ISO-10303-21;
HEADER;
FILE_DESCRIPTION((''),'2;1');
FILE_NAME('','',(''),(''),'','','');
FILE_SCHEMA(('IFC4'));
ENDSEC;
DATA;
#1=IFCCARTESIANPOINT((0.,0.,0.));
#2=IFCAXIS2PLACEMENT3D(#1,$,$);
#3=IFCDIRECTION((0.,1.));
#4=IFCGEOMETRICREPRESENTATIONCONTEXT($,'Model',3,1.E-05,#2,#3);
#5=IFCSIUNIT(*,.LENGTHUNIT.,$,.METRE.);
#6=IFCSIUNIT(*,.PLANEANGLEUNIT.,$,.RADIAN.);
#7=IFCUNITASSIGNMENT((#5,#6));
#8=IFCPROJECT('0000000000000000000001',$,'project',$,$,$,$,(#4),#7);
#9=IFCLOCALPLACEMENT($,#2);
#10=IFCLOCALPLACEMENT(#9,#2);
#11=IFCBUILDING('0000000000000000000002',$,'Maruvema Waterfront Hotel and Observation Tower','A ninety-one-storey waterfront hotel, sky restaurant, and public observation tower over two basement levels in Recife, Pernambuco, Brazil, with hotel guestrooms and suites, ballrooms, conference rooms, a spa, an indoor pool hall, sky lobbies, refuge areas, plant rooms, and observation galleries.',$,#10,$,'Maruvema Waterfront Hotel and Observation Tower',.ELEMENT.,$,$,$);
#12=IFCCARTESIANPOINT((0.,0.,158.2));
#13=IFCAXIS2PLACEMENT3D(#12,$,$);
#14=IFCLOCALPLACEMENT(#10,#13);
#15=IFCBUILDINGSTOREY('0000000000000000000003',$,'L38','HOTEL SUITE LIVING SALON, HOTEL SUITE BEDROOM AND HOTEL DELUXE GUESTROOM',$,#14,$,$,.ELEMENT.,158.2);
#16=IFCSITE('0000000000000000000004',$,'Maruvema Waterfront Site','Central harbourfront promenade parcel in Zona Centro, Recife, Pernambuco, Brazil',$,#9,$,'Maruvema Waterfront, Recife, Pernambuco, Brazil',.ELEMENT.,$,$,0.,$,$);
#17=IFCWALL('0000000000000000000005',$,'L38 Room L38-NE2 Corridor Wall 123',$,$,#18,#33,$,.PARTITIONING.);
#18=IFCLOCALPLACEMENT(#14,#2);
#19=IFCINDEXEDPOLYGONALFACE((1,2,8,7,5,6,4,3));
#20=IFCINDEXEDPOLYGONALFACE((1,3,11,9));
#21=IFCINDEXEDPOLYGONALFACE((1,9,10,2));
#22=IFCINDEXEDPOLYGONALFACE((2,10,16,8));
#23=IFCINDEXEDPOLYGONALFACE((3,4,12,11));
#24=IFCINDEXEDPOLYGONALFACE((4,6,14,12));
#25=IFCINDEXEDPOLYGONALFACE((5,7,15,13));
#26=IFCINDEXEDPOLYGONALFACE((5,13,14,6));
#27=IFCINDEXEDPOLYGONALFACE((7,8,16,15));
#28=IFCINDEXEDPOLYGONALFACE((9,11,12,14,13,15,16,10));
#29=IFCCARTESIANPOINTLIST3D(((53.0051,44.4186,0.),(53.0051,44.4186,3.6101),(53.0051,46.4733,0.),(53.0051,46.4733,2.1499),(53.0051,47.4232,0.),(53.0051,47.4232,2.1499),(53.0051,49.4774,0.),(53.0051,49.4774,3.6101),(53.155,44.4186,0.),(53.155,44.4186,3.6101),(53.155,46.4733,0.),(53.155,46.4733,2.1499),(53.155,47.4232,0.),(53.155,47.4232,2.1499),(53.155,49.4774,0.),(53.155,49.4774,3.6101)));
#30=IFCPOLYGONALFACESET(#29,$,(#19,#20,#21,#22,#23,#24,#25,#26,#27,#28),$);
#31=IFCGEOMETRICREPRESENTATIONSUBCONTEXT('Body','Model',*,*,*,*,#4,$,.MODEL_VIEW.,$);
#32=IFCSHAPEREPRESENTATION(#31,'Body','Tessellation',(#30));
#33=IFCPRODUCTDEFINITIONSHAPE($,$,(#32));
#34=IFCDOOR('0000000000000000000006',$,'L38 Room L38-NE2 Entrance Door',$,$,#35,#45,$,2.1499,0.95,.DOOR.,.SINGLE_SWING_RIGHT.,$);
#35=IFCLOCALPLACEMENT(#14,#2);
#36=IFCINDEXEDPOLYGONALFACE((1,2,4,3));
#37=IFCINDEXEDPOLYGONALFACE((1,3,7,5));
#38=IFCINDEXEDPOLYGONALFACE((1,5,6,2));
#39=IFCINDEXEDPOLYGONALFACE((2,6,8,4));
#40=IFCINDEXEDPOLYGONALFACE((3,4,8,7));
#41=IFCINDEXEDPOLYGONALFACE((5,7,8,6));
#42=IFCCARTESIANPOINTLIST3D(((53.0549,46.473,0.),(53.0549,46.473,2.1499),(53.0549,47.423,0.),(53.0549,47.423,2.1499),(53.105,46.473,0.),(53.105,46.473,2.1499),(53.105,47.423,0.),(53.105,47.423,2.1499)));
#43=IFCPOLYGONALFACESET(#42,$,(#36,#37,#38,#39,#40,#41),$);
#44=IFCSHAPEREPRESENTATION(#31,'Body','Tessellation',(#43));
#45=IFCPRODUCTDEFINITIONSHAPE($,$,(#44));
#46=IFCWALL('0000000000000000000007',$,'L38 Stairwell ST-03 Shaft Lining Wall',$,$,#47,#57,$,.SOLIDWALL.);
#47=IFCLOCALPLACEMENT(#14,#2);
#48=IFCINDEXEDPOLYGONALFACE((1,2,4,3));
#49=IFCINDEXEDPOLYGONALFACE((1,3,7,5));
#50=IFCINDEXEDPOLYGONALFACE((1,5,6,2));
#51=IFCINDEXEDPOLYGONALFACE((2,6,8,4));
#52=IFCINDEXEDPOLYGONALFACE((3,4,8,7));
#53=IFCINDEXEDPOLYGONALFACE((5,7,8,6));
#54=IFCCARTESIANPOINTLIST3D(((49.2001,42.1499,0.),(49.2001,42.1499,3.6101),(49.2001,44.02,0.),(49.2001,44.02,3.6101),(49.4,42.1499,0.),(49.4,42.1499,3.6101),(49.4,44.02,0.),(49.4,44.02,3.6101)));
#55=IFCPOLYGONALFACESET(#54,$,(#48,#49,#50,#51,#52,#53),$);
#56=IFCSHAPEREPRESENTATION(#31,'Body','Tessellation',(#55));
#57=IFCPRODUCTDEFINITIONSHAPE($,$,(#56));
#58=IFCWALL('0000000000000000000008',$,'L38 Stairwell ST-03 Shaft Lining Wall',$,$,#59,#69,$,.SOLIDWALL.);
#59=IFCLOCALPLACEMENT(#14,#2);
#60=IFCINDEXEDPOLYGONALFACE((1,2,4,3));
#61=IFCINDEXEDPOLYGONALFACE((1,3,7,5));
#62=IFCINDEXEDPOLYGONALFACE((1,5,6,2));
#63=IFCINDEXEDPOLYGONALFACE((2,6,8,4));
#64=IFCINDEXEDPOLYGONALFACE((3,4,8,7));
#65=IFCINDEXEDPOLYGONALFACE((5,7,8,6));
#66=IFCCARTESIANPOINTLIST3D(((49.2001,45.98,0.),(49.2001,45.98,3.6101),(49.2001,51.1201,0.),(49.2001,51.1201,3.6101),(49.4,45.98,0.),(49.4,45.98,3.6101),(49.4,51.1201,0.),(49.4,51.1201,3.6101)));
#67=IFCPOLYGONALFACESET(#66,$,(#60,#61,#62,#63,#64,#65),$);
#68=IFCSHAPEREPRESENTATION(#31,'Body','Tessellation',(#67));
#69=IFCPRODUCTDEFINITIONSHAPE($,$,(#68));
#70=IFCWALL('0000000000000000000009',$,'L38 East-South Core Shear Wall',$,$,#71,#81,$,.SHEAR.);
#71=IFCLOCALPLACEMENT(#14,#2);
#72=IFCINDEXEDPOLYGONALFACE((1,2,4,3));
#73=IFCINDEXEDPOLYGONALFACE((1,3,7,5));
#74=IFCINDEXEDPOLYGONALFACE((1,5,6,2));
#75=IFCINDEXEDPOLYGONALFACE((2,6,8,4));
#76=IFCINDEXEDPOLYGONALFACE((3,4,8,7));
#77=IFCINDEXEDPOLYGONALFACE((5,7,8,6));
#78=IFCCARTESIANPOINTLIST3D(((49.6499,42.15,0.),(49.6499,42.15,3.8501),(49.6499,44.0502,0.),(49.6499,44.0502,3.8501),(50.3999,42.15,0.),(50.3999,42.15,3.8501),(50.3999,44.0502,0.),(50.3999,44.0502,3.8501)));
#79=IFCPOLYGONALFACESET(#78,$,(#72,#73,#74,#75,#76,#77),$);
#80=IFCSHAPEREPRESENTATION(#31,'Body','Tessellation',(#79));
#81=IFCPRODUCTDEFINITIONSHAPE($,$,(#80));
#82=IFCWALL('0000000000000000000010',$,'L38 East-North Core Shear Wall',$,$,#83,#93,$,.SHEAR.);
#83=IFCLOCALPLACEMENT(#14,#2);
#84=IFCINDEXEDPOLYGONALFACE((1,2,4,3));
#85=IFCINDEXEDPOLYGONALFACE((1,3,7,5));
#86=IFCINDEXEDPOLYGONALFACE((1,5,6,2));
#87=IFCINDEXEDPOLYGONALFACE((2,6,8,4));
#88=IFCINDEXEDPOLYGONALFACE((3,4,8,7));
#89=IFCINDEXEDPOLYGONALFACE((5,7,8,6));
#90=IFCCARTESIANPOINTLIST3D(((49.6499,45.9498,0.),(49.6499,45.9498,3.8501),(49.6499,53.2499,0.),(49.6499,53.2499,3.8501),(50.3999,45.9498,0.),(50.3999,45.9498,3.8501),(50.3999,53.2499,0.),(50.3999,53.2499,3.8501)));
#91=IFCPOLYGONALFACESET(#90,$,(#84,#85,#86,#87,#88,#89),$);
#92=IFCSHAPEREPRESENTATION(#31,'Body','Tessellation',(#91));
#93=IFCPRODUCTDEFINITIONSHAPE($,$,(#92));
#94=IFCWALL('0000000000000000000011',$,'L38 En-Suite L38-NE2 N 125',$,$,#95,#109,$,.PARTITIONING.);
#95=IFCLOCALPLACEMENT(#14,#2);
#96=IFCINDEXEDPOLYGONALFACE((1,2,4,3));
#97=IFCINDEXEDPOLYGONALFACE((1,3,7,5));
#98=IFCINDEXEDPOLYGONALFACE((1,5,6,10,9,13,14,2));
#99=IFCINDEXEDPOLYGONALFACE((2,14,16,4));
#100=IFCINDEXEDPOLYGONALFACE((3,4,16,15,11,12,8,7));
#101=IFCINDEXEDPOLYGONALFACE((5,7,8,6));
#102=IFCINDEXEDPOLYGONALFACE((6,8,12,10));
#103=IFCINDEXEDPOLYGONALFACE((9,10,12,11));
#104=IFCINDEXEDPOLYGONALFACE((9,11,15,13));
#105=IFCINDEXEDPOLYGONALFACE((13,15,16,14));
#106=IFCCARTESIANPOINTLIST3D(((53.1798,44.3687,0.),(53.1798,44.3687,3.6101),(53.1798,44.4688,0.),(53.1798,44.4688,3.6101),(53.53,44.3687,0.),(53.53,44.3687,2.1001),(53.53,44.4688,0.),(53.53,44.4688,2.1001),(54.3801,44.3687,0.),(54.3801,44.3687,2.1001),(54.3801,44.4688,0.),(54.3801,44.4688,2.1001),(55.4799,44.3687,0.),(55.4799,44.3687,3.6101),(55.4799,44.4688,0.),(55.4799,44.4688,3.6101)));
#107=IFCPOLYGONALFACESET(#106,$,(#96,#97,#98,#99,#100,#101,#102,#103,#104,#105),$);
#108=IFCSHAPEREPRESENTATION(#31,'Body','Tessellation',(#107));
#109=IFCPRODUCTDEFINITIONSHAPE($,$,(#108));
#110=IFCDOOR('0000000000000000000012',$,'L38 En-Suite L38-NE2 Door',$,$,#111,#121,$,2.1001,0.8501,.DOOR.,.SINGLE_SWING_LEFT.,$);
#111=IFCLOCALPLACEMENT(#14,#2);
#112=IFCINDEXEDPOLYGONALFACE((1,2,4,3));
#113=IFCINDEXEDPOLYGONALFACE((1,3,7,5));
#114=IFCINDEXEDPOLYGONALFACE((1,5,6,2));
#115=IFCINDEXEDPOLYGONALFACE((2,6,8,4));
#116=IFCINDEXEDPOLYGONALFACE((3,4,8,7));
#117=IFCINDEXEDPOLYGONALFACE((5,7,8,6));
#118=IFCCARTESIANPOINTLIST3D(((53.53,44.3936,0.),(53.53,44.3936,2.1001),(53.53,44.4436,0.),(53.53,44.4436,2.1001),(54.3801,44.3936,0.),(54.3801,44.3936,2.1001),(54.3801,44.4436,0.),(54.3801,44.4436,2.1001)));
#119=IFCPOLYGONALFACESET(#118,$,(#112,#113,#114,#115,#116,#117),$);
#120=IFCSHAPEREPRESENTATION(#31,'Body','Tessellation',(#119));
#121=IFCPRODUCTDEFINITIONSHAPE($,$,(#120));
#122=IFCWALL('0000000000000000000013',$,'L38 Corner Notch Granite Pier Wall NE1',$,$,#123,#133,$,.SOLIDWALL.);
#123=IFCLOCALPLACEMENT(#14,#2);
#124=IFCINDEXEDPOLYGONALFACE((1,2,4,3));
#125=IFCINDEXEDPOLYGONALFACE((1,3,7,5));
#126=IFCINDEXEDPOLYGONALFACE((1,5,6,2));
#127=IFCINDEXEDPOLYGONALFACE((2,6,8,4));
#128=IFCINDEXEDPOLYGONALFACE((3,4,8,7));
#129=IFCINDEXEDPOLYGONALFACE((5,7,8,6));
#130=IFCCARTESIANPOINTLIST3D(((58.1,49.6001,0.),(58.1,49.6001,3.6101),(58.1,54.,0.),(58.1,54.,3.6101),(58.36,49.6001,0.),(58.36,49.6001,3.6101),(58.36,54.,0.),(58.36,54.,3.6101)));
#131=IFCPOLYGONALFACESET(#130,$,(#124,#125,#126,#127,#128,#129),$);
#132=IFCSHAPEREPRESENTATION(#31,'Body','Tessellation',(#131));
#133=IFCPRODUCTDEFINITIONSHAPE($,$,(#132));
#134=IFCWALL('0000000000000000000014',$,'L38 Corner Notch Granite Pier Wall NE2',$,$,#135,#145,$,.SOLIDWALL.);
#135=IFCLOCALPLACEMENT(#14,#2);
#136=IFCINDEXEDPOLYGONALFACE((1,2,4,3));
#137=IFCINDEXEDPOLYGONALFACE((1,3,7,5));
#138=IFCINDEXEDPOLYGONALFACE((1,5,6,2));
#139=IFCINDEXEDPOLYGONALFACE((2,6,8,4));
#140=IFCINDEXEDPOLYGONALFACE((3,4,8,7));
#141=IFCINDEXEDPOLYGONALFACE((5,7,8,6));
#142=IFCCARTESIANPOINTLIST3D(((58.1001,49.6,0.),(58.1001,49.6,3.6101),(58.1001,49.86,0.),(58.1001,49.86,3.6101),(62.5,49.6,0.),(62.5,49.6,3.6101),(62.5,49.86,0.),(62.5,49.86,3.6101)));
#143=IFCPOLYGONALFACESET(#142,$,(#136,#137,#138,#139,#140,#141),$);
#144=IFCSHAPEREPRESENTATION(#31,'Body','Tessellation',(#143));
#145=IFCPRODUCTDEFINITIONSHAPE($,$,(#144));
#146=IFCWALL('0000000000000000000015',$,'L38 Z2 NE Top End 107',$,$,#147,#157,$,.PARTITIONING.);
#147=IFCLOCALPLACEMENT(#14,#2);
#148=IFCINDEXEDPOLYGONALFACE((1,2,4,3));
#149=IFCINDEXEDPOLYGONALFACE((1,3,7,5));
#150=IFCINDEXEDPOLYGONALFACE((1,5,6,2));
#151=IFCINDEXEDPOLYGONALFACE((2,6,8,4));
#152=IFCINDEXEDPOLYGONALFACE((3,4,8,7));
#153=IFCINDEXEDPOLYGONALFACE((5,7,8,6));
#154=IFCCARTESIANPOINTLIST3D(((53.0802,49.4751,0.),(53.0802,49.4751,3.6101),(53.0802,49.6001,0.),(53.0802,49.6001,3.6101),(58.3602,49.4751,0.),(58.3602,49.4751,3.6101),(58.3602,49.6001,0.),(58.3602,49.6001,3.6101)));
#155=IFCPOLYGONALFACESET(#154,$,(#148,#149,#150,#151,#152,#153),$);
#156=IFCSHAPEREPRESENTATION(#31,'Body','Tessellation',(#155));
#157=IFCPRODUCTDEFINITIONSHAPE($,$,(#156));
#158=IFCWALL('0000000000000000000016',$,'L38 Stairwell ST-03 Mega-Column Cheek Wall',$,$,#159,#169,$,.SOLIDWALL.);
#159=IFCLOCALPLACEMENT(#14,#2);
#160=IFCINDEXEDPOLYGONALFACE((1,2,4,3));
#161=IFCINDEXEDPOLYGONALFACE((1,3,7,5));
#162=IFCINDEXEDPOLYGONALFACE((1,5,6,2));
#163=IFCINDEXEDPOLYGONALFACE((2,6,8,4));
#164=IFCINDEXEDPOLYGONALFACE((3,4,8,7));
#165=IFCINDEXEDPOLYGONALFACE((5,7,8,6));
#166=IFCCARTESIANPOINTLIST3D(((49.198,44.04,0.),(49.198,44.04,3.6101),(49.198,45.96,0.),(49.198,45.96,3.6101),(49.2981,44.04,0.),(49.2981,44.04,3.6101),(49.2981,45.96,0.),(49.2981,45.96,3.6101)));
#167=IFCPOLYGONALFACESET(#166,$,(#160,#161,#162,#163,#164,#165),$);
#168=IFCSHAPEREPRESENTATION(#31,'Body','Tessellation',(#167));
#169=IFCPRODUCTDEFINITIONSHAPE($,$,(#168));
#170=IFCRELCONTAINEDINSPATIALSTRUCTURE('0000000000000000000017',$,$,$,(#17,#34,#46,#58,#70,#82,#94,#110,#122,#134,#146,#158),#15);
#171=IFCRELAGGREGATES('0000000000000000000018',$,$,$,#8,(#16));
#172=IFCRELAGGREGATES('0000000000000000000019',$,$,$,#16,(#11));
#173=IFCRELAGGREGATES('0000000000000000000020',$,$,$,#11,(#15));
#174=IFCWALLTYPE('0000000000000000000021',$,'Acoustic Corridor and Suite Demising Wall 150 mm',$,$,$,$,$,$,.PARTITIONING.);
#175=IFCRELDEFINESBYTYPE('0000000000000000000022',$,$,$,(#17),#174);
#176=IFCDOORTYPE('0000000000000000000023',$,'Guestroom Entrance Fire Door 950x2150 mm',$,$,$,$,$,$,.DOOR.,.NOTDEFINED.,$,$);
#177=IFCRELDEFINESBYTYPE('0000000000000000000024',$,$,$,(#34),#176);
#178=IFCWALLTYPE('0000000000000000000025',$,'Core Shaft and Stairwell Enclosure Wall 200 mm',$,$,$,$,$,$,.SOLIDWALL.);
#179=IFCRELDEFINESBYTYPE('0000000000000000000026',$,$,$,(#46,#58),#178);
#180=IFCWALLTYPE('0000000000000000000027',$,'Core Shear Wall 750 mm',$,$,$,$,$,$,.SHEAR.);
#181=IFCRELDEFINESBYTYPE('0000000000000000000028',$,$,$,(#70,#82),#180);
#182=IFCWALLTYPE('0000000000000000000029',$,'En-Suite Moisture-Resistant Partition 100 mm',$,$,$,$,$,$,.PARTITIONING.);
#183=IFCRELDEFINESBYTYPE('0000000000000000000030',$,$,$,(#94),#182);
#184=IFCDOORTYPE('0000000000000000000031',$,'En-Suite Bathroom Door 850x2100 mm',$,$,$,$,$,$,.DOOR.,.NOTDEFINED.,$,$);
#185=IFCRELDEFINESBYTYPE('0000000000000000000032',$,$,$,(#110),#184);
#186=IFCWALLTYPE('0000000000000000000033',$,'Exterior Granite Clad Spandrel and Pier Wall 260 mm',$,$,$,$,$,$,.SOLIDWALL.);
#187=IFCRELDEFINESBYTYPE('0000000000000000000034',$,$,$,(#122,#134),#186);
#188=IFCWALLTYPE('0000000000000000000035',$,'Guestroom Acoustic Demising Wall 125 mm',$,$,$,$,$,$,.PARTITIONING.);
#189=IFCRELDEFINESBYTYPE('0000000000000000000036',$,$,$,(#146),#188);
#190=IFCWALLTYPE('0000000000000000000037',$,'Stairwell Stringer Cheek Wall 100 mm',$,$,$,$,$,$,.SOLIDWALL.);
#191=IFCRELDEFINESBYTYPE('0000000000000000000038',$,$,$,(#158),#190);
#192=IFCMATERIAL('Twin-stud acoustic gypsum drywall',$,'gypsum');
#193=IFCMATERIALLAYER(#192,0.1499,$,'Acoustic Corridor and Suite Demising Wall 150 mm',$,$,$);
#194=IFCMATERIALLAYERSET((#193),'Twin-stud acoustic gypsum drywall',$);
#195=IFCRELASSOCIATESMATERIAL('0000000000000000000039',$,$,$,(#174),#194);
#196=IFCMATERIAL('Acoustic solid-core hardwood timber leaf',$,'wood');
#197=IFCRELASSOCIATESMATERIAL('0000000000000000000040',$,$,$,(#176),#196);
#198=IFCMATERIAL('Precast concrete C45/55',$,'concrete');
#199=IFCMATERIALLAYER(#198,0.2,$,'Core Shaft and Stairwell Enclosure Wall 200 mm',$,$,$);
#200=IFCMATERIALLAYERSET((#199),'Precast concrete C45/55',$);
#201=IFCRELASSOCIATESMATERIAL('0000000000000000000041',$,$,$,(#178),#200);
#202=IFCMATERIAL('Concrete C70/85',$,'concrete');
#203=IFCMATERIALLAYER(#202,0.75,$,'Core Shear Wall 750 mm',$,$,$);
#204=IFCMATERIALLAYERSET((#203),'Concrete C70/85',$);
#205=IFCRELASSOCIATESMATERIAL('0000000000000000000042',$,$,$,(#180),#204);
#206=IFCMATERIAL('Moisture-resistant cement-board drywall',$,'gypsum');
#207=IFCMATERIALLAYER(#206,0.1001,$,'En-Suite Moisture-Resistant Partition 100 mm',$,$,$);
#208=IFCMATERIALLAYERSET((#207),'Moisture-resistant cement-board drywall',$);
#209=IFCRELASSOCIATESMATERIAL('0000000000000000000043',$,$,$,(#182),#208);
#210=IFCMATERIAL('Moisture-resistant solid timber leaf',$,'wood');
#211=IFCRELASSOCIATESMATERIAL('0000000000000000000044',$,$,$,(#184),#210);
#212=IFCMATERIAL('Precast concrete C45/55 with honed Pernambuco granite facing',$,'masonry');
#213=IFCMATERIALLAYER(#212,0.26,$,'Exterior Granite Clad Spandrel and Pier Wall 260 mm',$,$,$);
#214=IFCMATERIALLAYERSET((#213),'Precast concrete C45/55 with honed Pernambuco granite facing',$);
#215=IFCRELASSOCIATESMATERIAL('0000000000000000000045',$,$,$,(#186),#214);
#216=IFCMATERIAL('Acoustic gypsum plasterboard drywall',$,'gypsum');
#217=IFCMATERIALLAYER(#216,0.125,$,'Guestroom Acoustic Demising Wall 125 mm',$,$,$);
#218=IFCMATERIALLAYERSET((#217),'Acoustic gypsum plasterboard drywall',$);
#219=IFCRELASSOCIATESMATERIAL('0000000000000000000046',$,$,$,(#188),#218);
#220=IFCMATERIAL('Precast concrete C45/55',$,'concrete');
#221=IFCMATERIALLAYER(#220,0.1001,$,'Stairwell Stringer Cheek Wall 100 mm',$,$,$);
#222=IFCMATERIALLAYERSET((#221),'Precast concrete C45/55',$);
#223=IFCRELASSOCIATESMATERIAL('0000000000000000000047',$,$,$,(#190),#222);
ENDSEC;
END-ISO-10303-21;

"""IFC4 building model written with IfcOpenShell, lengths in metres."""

from ifc_helpers import new_model, si_unit, direction, frame, frame_2d, origin, place, context, subcontext, project, spatial, rectangle, extrude, material, layer, layer_set, type_object, element, fill, save


model = new_model("IFC4")

# Units and contexts
model_context = context("Model", 3, precision=1e-05, world=origin(), true_north=direction((0.0, 1.0)))
body_context = subcontext(model_context, "Body", "Model", "MODEL_VIEW")
ifc_project = project(units=[si_unit("LENGTHUNIT", "METRE"), si_unit("PLANEANGLEUNIT", "RADIAN")], contexts=[model_context])

# Site, building, storey
site_placement = place(None, origin())
site = spatial("IfcSite", under=ifc_project, at=site_placement, Name="Maruvema Waterfront Site", Description="Central harbourfront promenade parcel in Zona Centro, Recife, Pernambuco, Brazil", LongName="Maruvema Waterfront, Recife, Pernambuco, Brazil", CompositionType="ELEMENT", RefElevation=0.0)
building_placement = place(site_placement, origin())
building = spatial("IfcBuilding", under=site, at=building_placement, Name="Maruvema Waterfront Hotel and Observation Tower", Description="A ninety-one-storey waterfront hotel, sky restaurant, and public observation tower over two basement levels in Recife, Pernambuco, Brazil, with hotel guestrooms and suites, ballrooms, conference rooms, a spa, an indoor pool hall, sky lobbies, refuge areas, plant rooms, and observation galleries.", LongName="Maruvema Waterfront Hotel and Observation Tower", CompositionType="ELEMENT")
storey_placement = place(building_placement, frame((0.0, 0.0, 158.2)))
storey = spatial("IfcBuildingStorey", under=building, at=storey_placement, Name="L38", Description="HOTEL SUITE LIVING SALON, HOTEL SUITE BEDROOM AND HOTEL DELUXE GUESTROOM", CompositionType="ELEMENT", Elevation=158.2)

# Wall, opening, door
ifc_material_1 = material(Name="Twin-stud acoustic gypsum drywall", Category="gypsum")
ifc_layer_1 = layer(ifc_material_1, 0.1499, Name="Acoustic Corridor and Suite Demising Wall 150 mm")
ifc_layer_set_1 = layer_set([ifc_layer_1], Name="Twin-stud acoustic gypsum drywall")
wall_type_1 = type_object("IfcWallType", Name="Acoustic Corridor and Suite Demising Wall 150 mm", PredefinedType="PARTITIONING", material=ifc_layer_set_1)
wall_1_placement = place(storey_placement, frame((53.0801, 44.4187, 0.0), z_axis=(0.0, 0.0, 1.0), x_axis=(0.0, 1.0, 0.0)))
wall_1 = element("IfcWall", 1, at=wall_1_placement, inside=storey, type_object=wall_type_1, Name="L38 Room L38-NE2 Corridor Wall 123", PredefinedType="PARTITIONING", context=body_context, shape_type="SweptSolid", body=[
    extrude(rectangle(XDim=5.0588, YDim=0.1499, at=frame_2d((2.5293, 0.0))), origin(), (0.0, 0.0, 1.0), 3.6101),
])
opening_1_placement = place(wall_1_placement, frame((2.0544, 0.0, 0.0)))
opening_1 = element("IfcOpeningElement", 2, at=opening_1_placement, cuts=wall_1, PredefinedType="OPENING", context=body_context, shape_type="SweptSolid", body=[
    extrude(rectangle(XDim=0.95, YDim=2.1499, at=frame_2d((0.4751, 1.075))), frame((0.0, 0.085, 0.0), z_axis=(0.0, -1.0, 0.0), x_axis=(1.0, 0.0, 0.0)), (0.0, 0.0, 1.0), 0.1699),
])
ifc_material_2 = material(Name="Acoustic solid-core hardwood timber leaf", Category="wood")
door_type_1 = type_object("IfcDoorType", Name="Guestroom Entrance Fire Door 950x2150 mm", OperationType="NOTDEFINED", PredefinedType="DOOR", material=ifc_material_2)
door_1_placement = place(opening_1_placement, frame((0.95, 0.0, 0.0), z_axis=(0.0, 0.0, 1.0), x_axis=(-1.0, 0.0, 0.0)))
door_1 = element("IfcDoor", 3, at=door_1_placement, inside=storey, type_object=door_type_1, Name="L38 Room L38-NE2 Entrance Door", OperationType="SINGLE_SWING_RIGHT", OverallHeight=2.1499, OverallWidth=0.95, PredefinedType="DOOR", context=body_context, shape_type="SweptSolid", body=[
    extrude(rectangle(XDim=0.95, YDim=2.1499, at=frame_2d((0.4751, 1.075))), frame((0.0, 0.0249, 0.0), z_axis=(0.0, -1.0, 0.0), x_axis=(1.0, 0.0, 0.0)), (0.0, 0.0, 1.0), 0.05),
])
fill(opening_1, door_1)

# Walls
ifc_material_3 = material(Name="Precast concrete C45/55", Category="concrete")
ifc_layer_2 = layer(ifc_material_3, 0.2, Name="Core Shaft and Stairwell Enclosure Wall 200 mm")
ifc_layer_set_2 = layer_set([ifc_layer_2], Name="Precast concrete C45/55")
wall_type_2 = type_object("IfcWallType", Name="Core Shaft and Stairwell Enclosure Wall 200 mm", PredefinedType="SOLIDWALL", material=ifc_layer_set_2)
wall_2_placement = place(storey_placement, frame((49.3, 42.1499, 0.0), z_axis=(0.0, 0.0, 1.0), x_axis=(0.0, 1.0, 0.0)))
element("IfcWall", 4, at=wall_2_placement, inside=storey, type_object=wall_type_2, Name="L38 Stairwell ST-03 Shaft Lining Wall", PredefinedType="SOLIDWALL", context=body_context, shape_type="SweptSolid", body=[
    extrude(rectangle(XDim=1.8701, YDim=0.2, at=frame_2d((0.9351, 0.0))), origin(), (0.0, 0.0, 1.0), 3.6101),
])
wall_3_placement = place(storey_placement, frame((49.3, 45.98, 0.0), z_axis=(0.0, 0.0, 1.0), x_axis=(0.0, 1.0, 0.0)))
element("IfcWall", 5, at=wall_3_placement, inside=storey, type_object=wall_type_2, Name="L38 Stairwell ST-03 Shaft Lining Wall", PredefinedType="SOLIDWALL", context=body_context, shape_type="SweptSolid", body=[
    extrude(rectangle(XDim=5.1401, YDim=0.2, at=frame_2d((2.5701, 0.0))), origin(), (0.0, 0.0, 1.0), 3.6101),
])
ifc_material_4 = material(Name="Concrete C70/85", Category="concrete")
ifc_layer_3 = layer(ifc_material_4, 0.75, Name="Core Shear Wall 750 mm")
ifc_layer_set_3 = layer_set([ifc_layer_3], Name="Concrete C70/85")
wall_type_3 = type_object("IfcWallType", Name="Core Shear Wall 750 mm", PredefinedType="SHEAR", material=ifc_layer_set_3)
wall_4_placement = place(storey_placement, frame((50.0249, 42.1499, 0.0), z_axis=(0.0, 0.0, 1.0), x_axis=(0.0, 1.0, 0.0)))
element("IfcWall", 6, at=wall_4_placement, inside=storey, type_object=wall_type_3, Name="L38 East-South Core Shear Wall", PredefinedType="SHEAR", context=body_context, shape_type="SweptSolid", body=[
    extrude(rectangle(XDim=1.9001, YDim=0.75, at=frame_2d((0.9502, 0.0))), origin(), (0.0, 0.0, 1.0), 3.8501),
])
wall_5_placement = place(storey_placement, frame((50.0249, 45.95, 0.0), z_axis=(0.0, 0.0, 1.0), x_axis=(0.0, 1.0, 0.0)))
element("IfcWall", 7, at=wall_5_placement, inside=storey, type_object=wall_type_3, Name="L38 East-North Core Shear Wall", PredefinedType="SHEAR", context=body_context, shape_type="SweptSolid", body=[
    extrude(rectangle(XDim=7.3, YDim=0.75, at=frame_2d((3.6499, 0.0))), origin(), (0.0, 0.0, 1.0), 3.8501),
])

# Wall, opening, door
ifc_material_5 = material(Name="Moisture-resistant cement-board drywall", Category="gypsum")
ifc_layer_4 = layer(ifc_material_5, 0.1001, Name="En-Suite Moisture-Resistant Partition 100 mm")
ifc_layer_set_4 = layer_set([ifc_layer_4], Name="Moisture-resistant cement-board drywall")
wall_type_4 = type_object("IfcWallType", Name="En-Suite Moisture-Resistant Partition 100 mm", PredefinedType="PARTITIONING", material=ifc_layer_set_4)
wall_6_placement = place(storey_placement, frame((53.1799, 44.4187, 0.0), z_axis=(0.0, 0.0, 1.0), x_axis=(1.0, 0.0, 0.0)))
wall_6 = element("IfcWall", 8, at=wall_6_placement, inside=storey, type_object=wall_type_4, Name="L38 En-Suite L38-NE2 N 125", PredefinedType="PARTITIONING", context=body_context, shape_type="SweptSolid", body=[
    extrude(rectangle(XDim=2.3, YDim=0.1001, at=frame_2d((1.1499, 0.0))), origin(), (0.0, 0.0, 1.0), 3.6101),
])
opening_2_placement = place(wall_6_placement, frame((0.3501, 0.0, 0.0)))
opening_2 = element("IfcOpeningElement", 9, at=opening_2_placement, cuts=wall_6, PredefinedType="OPENING", context=body_context, shape_type="SweptSolid", body=[
    extrude(rectangle(XDim=0.8501, YDim=2.1001, at=frame_2d((0.425, 1.05))), frame((0.0, 0.0601, 0.0), z_axis=(0.0, -1.0, 0.0), x_axis=(1.0, 0.0, 0.0)), (0.0, 0.0, 1.0), 0.1201),
])
ifc_material_6 = material(Name="Moisture-resistant solid timber leaf", Category="wood")
door_type_2 = type_object("IfcDoorType", Name="En-Suite Bathroom Door 850x2100 mm", OperationType="NOTDEFINED", PredefinedType="DOOR", material=ifc_material_6)
door_2_placement = place(opening_2_placement, origin())
door_2 = element("IfcDoor", 10, at=door_2_placement, inside=storey, type_object=door_type_2, Name="L38 En-Suite L38-NE2 Door", OperationType="SINGLE_SWING_LEFT", OverallHeight=2.1001, OverallWidth=0.8501, PredefinedType="DOOR", context=body_context, shape_type="SweptSolid", body=[
    extrude(rectangle(XDim=0.8501, YDim=2.1001, at=frame_2d((0.425, 1.05))), frame((0.0, 0.0249, 0.0), z_axis=(0.0, -1.0, 0.0), x_axis=(1.0, 0.0, 0.0)), (0.0, 0.0, 1.0), 0.05),
])
fill(opening_2, door_2)

# Walls
ifc_material_7 = material(Name="Precast concrete C45/55 with honed Pernambuco granite facing", Category="masonry")
ifc_layer_5 = layer(ifc_material_7, 0.26, Name="Exterior Granite Clad Spandrel and Pier Wall 260 mm")
ifc_layer_set_5 = layer_set([ifc_layer_5], Name="Precast concrete C45/55 with honed Pernambuco granite facing")
wall_type_5 = type_object("IfcWallType", Name="Exterior Granite Clad Spandrel and Pier Wall 260 mm", PredefinedType="SOLIDWALL", material=ifc_layer_set_5)
for number, where, z_axis, x_axis, name in (
    (11, (58.23, 54.0, 0.0), (0.0, 0.0, 1.0), (0.0, -1.0, 0.0), "L38 Corner Notch Granite Pier Wall NE1"),
    (12, (58.1001, 49.73, 0.0), (0.0, 0.0, 1.0), (1.0, 0.0, 0.0), "L38 Corner Notch Granite Pier Wall NE2"),
):
    element("IfcWall", number, at=place(storey_placement, frame(where, z_axis=z_axis, x_axis=x_axis)), inside=storey, type_object=wall_type_5, Name=name, PredefinedType="SOLIDWALL", context=body_context, shape_type="SweptSolid", body=[
        extrude(rectangle(XDim=4.3999, YDim=0.26, at=frame_2d((2.2, 0.0))), origin(), (0.0, 0.0, 1.0), 3.6101),
    ])
ifc_material_8 = material(Name="Acoustic gypsum plasterboard drywall", Category="gypsum")
ifc_layer_6 = layer(ifc_material_8, 0.125, Name="Guestroom Acoustic Demising Wall 125 mm")
ifc_layer_set_6 = layer_set([ifc_layer_6], Name="Acoustic gypsum plasterboard drywall")
wall_type_6 = type_object("IfcWallType", Name="Guestroom Acoustic Demising Wall 125 mm", PredefinedType="PARTITIONING", material=ifc_layer_set_6)
wall_7_placement = place(storey_placement, frame((53.0801, 49.5376, 0.0), z_axis=(0.0, 0.0, 1.0), x_axis=(1.0, 0.0, 0.0)))
element("IfcWall", 13, at=wall_7_placement, inside=storey, type_object=wall_type_6, Name="L38 Z2 NE Top End 107", PredefinedType="PARTITIONING", context=body_context, shape_type="SweptSolid", body=[
    extrude(rectangle(XDim=5.28, YDim=0.125, at=frame_2d((2.6401, 0.0))), origin(), (0.0, 0.0, 1.0), 3.6101),
])
ifc_material_9 = material(Name="Precast concrete C45/55", Category="concrete")
ifc_layer_7 = layer(ifc_material_9, 0.1001, Name="Stairwell Stringer Cheek Wall 100 mm")
ifc_layer_set_7 = layer_set([ifc_layer_7], Name="Precast concrete C45/55")
wall_type_7 = type_object("IfcWallType", Name="Stairwell Stringer Cheek Wall 100 mm", PredefinedType="SOLIDWALL", material=ifc_layer_set_7)
wall_8_placement = place(storey_placement, frame((49.248, 44.04, 0.0), z_axis=(0.0, 0.0, 1.0), x_axis=(0.0, 1.0, 0.0)))
element("IfcWall", 14, at=wall_8_placement, inside=storey, type_object=wall_type_7, Name="L38 Stairwell ST-03 Mega-Column Cheek Wall", PredefinedType="SOLIDWALL", context=body_context, shape_type="SweptSolid", body=[
    extrude(rectangle(XDim=1.9199, YDim=0.1001, at=frame_2d((0.96, 0.0))), origin(), (0.0, 0.0, 1.0), 3.6101),
])

save(model, "model.ifc")
